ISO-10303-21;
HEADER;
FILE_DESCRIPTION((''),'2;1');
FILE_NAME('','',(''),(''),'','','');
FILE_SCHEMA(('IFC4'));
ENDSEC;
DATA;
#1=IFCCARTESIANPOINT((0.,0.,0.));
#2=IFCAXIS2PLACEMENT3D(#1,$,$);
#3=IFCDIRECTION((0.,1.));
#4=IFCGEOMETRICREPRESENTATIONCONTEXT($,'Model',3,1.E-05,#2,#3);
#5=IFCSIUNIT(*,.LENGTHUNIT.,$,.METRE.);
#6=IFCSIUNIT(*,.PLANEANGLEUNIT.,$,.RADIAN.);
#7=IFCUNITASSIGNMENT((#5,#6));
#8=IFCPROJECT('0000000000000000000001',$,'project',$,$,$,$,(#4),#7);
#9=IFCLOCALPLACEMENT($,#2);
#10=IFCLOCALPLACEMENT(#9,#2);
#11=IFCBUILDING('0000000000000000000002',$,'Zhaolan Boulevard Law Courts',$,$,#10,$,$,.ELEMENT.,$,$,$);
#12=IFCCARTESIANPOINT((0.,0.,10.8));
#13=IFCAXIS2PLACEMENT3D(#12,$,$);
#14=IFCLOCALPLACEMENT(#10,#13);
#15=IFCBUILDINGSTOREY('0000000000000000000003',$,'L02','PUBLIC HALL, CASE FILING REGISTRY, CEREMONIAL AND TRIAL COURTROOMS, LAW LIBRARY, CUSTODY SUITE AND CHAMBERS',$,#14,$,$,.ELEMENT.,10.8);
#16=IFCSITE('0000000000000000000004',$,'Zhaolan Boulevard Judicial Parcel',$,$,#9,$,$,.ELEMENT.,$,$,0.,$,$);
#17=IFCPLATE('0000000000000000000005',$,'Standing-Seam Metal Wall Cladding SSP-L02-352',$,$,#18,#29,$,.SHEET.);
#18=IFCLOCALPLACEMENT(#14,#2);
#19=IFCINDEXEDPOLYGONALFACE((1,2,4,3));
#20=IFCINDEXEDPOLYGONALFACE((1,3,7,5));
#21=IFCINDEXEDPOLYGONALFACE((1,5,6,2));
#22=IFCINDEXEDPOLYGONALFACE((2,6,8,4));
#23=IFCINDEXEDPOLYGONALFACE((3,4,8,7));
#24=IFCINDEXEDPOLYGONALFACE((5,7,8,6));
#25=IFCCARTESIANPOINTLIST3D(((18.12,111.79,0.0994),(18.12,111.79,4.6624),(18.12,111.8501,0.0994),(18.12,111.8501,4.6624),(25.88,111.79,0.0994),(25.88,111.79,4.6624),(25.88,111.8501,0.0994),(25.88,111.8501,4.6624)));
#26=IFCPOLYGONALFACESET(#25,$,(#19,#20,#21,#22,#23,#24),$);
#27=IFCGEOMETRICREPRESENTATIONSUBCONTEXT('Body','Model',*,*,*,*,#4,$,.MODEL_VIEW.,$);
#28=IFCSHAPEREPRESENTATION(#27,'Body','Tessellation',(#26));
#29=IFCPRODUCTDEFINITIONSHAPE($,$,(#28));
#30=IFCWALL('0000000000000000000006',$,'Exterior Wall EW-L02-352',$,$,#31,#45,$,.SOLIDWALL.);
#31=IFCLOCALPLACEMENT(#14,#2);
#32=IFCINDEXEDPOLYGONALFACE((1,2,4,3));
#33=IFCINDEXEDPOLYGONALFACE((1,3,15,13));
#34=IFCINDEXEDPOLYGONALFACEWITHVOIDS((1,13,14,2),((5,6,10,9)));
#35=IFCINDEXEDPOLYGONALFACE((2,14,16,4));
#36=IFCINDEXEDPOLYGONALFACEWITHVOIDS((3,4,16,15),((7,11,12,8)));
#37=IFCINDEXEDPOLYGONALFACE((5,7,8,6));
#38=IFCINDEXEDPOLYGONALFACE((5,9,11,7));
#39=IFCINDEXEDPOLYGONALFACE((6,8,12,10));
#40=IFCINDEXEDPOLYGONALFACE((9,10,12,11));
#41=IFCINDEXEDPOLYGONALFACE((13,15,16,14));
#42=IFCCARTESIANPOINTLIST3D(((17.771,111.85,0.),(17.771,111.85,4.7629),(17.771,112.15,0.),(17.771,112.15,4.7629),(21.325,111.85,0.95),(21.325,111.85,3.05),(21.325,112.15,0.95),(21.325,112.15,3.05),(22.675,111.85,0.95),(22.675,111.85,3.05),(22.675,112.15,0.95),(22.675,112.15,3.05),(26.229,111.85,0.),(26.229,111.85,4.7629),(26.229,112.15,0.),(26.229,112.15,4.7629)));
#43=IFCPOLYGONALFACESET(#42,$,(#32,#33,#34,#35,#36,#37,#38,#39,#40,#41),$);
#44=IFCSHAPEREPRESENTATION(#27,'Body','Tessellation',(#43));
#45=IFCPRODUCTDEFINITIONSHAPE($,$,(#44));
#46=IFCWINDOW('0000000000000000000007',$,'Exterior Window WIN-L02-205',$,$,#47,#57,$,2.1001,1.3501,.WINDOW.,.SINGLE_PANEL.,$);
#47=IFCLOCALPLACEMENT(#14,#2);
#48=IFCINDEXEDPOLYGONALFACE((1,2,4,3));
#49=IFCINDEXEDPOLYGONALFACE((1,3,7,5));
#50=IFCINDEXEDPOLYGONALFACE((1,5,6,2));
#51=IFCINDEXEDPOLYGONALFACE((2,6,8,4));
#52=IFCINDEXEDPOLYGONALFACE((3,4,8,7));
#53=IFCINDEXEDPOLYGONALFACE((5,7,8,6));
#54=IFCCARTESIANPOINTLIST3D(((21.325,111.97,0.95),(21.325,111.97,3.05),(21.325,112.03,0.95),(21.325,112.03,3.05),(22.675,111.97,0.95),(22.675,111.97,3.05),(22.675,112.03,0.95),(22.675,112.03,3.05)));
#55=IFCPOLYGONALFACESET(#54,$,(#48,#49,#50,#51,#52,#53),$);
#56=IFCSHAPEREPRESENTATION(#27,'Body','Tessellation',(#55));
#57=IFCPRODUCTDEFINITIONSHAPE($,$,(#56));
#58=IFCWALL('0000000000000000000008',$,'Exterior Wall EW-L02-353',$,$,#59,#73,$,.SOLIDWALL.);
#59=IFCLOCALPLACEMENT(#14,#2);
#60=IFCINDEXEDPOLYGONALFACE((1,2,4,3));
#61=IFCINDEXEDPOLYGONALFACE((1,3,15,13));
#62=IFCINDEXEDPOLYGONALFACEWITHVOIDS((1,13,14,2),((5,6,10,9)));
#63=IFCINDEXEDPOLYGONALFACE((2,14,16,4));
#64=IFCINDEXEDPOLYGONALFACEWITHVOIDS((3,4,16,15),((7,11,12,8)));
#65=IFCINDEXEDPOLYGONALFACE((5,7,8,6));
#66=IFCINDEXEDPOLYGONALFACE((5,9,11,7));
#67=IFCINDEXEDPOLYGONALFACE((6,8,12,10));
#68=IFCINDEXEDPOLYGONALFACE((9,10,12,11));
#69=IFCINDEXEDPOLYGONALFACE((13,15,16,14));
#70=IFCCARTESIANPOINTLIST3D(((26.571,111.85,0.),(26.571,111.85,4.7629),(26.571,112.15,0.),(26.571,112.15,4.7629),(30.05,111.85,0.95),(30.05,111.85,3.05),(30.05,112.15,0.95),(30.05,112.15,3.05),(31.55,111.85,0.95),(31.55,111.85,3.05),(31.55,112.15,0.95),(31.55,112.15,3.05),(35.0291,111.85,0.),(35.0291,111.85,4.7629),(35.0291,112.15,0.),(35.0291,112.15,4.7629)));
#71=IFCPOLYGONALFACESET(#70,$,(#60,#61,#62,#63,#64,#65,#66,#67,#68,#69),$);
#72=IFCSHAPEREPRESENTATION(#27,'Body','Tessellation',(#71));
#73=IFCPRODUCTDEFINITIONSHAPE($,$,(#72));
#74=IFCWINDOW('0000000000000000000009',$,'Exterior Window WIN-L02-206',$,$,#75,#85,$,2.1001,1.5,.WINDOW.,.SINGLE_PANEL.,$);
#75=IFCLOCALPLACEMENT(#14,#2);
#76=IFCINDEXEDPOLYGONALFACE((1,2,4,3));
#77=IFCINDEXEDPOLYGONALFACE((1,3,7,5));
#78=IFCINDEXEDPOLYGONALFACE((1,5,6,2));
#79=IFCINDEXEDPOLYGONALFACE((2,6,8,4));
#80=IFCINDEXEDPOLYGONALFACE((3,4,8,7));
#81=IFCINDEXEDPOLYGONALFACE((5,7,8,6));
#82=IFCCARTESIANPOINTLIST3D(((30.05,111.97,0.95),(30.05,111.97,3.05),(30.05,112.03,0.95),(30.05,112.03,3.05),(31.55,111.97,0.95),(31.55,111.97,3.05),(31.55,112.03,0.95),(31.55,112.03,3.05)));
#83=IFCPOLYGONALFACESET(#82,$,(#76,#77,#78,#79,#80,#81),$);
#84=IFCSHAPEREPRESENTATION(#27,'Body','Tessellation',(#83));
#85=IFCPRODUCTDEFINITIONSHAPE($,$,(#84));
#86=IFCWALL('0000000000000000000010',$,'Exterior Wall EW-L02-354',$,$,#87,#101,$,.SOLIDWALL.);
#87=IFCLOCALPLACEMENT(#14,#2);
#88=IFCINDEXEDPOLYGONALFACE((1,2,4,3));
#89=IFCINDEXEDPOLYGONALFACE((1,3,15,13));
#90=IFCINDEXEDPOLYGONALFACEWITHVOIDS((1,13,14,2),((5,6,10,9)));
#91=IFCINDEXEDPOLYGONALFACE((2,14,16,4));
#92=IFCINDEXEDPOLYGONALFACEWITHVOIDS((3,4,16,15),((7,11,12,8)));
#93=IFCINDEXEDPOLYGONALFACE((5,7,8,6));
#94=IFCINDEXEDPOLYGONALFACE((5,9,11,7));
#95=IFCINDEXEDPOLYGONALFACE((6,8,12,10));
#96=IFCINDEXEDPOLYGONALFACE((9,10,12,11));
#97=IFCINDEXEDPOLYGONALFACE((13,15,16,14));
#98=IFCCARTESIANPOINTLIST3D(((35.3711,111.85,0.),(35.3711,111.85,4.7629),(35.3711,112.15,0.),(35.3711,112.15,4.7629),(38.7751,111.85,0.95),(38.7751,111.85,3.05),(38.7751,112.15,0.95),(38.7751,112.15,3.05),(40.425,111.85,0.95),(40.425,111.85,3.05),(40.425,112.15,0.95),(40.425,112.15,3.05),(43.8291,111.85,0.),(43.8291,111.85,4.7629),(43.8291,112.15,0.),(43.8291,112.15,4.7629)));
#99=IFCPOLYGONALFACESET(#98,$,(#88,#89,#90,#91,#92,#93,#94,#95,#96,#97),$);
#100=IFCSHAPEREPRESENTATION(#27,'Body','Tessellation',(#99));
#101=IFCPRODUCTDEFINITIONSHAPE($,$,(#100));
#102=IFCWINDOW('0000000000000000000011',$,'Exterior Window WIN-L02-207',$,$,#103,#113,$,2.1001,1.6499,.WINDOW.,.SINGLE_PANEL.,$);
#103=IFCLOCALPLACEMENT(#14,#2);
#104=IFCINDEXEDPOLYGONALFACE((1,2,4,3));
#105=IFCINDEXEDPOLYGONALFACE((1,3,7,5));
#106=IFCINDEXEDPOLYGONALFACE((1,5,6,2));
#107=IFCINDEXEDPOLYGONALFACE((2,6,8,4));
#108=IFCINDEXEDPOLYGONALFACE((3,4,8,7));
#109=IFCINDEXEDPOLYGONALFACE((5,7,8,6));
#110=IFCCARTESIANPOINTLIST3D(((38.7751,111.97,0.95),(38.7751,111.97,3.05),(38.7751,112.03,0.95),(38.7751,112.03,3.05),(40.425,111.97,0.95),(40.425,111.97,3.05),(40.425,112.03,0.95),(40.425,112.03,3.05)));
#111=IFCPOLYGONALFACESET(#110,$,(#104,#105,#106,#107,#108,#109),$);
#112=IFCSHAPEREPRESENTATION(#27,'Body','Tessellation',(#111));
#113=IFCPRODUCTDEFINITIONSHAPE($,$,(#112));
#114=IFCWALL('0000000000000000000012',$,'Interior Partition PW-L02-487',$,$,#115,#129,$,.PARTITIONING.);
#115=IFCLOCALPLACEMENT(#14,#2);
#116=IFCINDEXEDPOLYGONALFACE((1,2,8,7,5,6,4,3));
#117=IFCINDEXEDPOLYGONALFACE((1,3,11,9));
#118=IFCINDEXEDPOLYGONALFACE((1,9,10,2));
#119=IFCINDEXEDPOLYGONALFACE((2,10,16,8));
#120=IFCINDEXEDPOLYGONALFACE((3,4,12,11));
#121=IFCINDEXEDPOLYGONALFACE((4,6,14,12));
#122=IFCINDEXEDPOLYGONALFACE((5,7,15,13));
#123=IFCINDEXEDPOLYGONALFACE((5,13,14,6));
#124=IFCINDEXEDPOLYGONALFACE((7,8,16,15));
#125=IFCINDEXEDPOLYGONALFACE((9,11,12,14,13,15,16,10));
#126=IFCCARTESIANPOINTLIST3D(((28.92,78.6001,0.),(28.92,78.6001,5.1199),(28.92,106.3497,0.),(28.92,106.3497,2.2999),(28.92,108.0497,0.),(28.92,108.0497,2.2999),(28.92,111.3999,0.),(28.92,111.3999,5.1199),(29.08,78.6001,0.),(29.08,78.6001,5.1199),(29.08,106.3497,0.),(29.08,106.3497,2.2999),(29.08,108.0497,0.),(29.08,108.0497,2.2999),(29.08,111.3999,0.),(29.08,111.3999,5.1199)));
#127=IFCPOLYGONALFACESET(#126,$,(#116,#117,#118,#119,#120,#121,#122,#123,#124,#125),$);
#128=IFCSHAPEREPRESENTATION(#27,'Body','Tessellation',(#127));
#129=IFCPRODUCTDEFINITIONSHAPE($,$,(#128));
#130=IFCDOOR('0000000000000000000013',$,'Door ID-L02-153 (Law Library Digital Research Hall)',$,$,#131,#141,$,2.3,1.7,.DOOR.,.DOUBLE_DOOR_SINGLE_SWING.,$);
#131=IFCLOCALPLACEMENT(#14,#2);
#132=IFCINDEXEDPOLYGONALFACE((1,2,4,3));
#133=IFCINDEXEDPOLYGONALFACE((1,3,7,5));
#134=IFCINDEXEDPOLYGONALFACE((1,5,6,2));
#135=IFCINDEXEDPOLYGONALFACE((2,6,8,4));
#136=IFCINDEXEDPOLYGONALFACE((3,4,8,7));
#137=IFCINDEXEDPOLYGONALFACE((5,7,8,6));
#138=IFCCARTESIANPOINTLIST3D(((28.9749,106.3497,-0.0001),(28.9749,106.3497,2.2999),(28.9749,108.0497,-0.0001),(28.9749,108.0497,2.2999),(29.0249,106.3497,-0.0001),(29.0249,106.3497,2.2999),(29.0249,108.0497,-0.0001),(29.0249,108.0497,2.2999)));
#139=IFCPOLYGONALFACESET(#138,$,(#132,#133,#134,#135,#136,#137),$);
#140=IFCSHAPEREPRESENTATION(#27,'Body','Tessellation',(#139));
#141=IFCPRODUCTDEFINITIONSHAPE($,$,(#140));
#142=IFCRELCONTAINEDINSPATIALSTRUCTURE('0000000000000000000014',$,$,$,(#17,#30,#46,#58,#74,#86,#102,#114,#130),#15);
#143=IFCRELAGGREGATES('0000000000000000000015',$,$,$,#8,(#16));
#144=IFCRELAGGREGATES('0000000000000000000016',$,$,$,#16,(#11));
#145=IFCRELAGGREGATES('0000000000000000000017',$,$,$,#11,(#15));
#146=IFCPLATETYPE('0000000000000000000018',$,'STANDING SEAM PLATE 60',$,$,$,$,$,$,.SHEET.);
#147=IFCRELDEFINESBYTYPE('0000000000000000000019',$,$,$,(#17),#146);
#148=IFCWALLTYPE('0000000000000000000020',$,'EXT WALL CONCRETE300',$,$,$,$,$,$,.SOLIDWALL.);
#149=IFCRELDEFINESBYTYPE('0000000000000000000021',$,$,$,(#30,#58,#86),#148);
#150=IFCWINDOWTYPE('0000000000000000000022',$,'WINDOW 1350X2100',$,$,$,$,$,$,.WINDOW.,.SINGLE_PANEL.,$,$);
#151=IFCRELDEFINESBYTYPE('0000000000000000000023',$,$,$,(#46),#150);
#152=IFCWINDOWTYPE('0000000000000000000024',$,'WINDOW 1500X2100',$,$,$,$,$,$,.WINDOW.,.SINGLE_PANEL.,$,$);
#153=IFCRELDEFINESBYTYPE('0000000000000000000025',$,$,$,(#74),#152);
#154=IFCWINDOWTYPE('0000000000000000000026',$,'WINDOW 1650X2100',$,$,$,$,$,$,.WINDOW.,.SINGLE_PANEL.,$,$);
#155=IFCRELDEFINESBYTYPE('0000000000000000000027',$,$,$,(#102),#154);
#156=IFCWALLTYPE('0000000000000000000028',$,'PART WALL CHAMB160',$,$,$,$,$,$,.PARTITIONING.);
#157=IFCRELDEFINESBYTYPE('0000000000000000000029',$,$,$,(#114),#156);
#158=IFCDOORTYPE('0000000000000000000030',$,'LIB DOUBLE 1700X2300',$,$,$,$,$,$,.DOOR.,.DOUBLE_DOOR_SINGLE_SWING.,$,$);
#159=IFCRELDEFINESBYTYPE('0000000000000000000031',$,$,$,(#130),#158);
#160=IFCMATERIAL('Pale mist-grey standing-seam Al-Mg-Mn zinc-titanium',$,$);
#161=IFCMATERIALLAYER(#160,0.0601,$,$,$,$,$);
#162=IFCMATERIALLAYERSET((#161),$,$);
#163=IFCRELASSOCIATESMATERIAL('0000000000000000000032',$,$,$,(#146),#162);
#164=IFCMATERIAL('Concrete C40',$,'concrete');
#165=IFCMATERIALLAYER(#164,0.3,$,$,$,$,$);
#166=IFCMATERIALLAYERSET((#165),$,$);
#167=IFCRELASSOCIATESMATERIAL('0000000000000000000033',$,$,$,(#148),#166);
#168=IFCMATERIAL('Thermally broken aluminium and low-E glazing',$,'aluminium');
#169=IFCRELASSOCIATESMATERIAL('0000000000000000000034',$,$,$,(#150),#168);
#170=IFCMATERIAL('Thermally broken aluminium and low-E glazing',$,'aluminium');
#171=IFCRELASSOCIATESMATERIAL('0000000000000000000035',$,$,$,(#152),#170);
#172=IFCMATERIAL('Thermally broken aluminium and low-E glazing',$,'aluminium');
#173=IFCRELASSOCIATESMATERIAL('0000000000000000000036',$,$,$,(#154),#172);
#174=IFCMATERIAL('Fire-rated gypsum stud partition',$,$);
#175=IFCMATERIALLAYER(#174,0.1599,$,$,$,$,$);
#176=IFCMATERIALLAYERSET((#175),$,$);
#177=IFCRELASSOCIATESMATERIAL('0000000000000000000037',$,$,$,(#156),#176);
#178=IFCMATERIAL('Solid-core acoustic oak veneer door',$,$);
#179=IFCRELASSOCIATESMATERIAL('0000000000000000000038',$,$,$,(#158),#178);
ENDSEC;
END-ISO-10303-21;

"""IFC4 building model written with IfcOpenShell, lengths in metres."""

from ifc_helpers import new_model, si_unit, direction, frame, frame_2d, origin, origin_2d, place, context, subcontext, project, spatial, rectangle, extrude, material, layer, layer_set, type_object, element, fill, save


model = new_model("IFC4")

# Units and contexts
model_context = context("Model", 3, precision=1e-05, world=origin(), true_north=direction((0.0, 1.0)))
body_context = subcontext(model_context, "Body", "Model", "MODEL_VIEW")
ifc_project = project(units=[si_unit("LENGTHUNIT", "METRE"), si_unit("PLANEANGLEUNIT", "RADIAN")], contexts=[model_context])

# Site, building, storey
site_placement = place(None, origin())
site = spatial("IfcSite", under=ifc_project, at=site_placement, Name="Zhaolan Boulevard Judicial Parcel", CompositionType="ELEMENT", RefElevation=0.0)
building_placement = place(site_placement, origin())
building = spatial("IfcBuilding", under=site, at=building_placement, Name="Zhaolan Boulevard Law Courts", CompositionType="ELEMENT")
storey_placement = place(building_placement, frame((0.0, 0.0, 10.8)))
storey = spatial("IfcBuildingStorey", under=building, at=storey_placement, Name="L02", Description="PUBLIC HALL, CASE FILING REGISTRY, CEREMONIAL AND TRIAL COURTROOMS, LAW LIBRARY, CUSTODY SUITE AND CHAMBERS", CompositionType="ELEMENT", Elevation=10.8)

# Plate
ifc_material_1 = material(Name="Pale mist-grey standing-seam Al-Mg-Mn zinc-titanium")
ifc_layer_1 = layer(ifc_material_1, 0.0601)
ifc_layer_set_1 = layer_set([ifc_layer_1])
plate_type_1 = type_object("IfcPlateType", Name="STANDING SEAM PLATE 60", PredefinedType="SHEET", material=ifc_layer_set_1)
plate_1_placement = place(storey_placement, frame((22.0, 111.8201, 0.0994), z_axis=(0.0, 0.0, 1.0), x_axis=(-1.0, 0.0, 0.0)))
element("IfcPlate", 1, at=plate_1_placement, inside=storey, type_object=plate_type_1, Name="Standing-Seam Metal Wall Cladding SSP-L02-352", PredefinedType="SHEET", context=body_context, shape_type="SweptSolid", body=[
    extrude(rectangle(XDim=7.76, YDim=0.0601, at=origin_2d()), origin(), (0.0, 0.0, 1.0), 4.563),
])

# Walls, openings, windows
ifc_material_2 = material(Name="Concrete C40", Category="concrete")
ifc_layer_2 = layer(ifc_material_2, 0.3)
ifc_layer_set_2 = layer_set([ifc_layer_2])
wall_type_1 = type_object("IfcWallType", Name="EXT WALL CONCRETE300", PredefinedType="SOLIDWALL", material=ifc_layer_set_2)
wall_1_placement = place(storey_placement, frame((26.229, 112.0, 0.0), z_axis=(0.0, 0.0, 1.0), x_axis=(-1.0, 0.0, 0.0)))
wall_1 = element("IfcWall", 2, at=wall_1_placement, inside=storey, type_object=wall_type_1, Name="Exterior Wall EW-L02-352", PredefinedType="SOLIDWALL", context=body_context, shape_type="SweptSolid", body=[
    extrude(rectangle(XDim=8.458, YDim=0.3, at=frame_2d((4.229, 0.0))), origin(), (0.0, 0.0, 1.0), 4.7629),
])
opening_1_placement = place(wall_1_placement, frame((3.554, 0.0, 0.95)))
opening_1 = element("IfcOpeningElement", 3, at=opening_1_placement, cuts=wall_1, PredefinedType="OPENING", context=body_context, shape_type="SweptSolid", body=[
    extrude(rectangle(XDim=1.3501, YDim=2.1001, at=frame_2d((0.675, 1.05))), frame((0.0, 0.1599, 0.0), z_axis=(0.0, -1.0, 0.0), x_axis=(1.0, 0.0, 0.0)), (0.0, 0.0, 1.0), 0.3201),
])
ifc_material_3 = material(Name="Thermally broken aluminium and low-E glazing", Category="aluminium")
window_type_1 = type_object("IfcWindowType", Name="WINDOW 1350X2100", PartitioningType="SINGLE_PANEL", PredefinedType="WINDOW", material=ifc_material_3)
window_1_placement = place(opening_1_placement, origin())
window_1 = element("IfcWindow", 4, at=window_1_placement, inside=storey, type_object=window_type_1, Name="Exterior Window WIN-L02-205", OverallHeight=2.1001, OverallWidth=1.3501, PartitioningType="SINGLE_PANEL", PredefinedType="WINDOW", context=body_context, shape_type="SweptSolid", body=[
    extrude(rectangle(XDim=1.3501, YDim=2.1001, at=frame_2d((0.675, 1.05))), frame((0.0, 0.03, 0.0), z_axis=(0.0, -1.0, 0.0), x_axis=(1.0, 0.0, 0.0)), (0.0, 0.0, 1.0), 0.0601),
])
fill(opening_1, window_1)
wall_2_placement = place(storey_placement, frame((35.0291, 112.0, 0.0), z_axis=(0.0, 0.0, 1.0), x_axis=(-1.0, 0.0, 0.0)))
wall_2 = element("IfcWall", 5, at=wall_2_placement, inside=storey, type_object=wall_type_1, Name="Exterior Wall EW-L02-353", PredefinedType="SOLIDWALL", context=body_context, shape_type="SweptSolid", body=[
    extrude(rectangle(XDim=8.458, YDim=0.3, at=frame_2d((4.229, 0.0))), origin(), (0.0, 0.0, 1.0), 4.7629),
])
opening_2_placement = place(wall_2_placement, frame((3.479, 0.0, 0.95)))
opening_2 = element("IfcOpeningElement", 6, at=opening_2_placement, cuts=wall_2, PredefinedType="OPENING", context=body_context, shape_type="SweptSolid", body=[
    extrude(rectangle(XDim=1.5, YDim=2.1001, at=frame_2d((0.75, 1.05))), frame((0.0, 0.1599, 0.0), z_axis=(0.0, -1.0, 0.0), x_axis=(1.0, 0.0, 0.0)), (0.0, 0.0, 1.0), 0.3201),
])
ifc_material_4 = material(Name="Thermally broken aluminium and low-E glazing", Category="aluminium")
window_type_2 = type_object("IfcWindowType", Name="WINDOW 1500X2100", PartitioningType="SINGLE_PANEL", PredefinedType="WINDOW", material=ifc_material_4)
window_2_placement = place(opening_2_placement, origin())
window_2 = element("IfcWindow", 7, at=window_2_placement, inside=storey, type_object=window_type_2, Name="Exterior Window WIN-L02-206", OverallHeight=2.1001, OverallWidth=1.5, PartitioningType="SINGLE_PANEL", PredefinedType="WINDOW", context=body_context, shape_type="SweptSolid", body=[
    extrude(rectangle(XDim=1.5, YDim=2.1001, at=frame_2d((0.75, 1.05))), frame((0.0, 0.03, 0.0), z_axis=(0.0, -1.0, 0.0), x_axis=(1.0, 0.0, 0.0)), (0.0, 0.0, 1.0), 0.0601),
])
fill(opening_2, window_2)
wall_3_placement = place(storey_placement, frame((43.8291, 112.0, 0.0), z_axis=(0.0, 0.0, 1.0), x_axis=(-1.0, 0.0, 0.0)))
wall_3 = element("IfcWall", 8, at=wall_3_placement, inside=storey, type_object=wall_type_1, Name="Exterior Wall EW-L02-354", PredefinedType="SOLIDWALL", context=body_context, shape_type="SweptSolid", body=[
    extrude(rectangle(XDim=8.458, YDim=0.3, at=frame_2d((4.229, 0.0))), origin(), (0.0, 0.0, 1.0), 4.7629),
])
opening_3_placement = place(wall_3_placement, frame((3.4041, 0.0, 0.95)))
opening_3 = element("IfcOpeningElement", 9, at=opening_3_placement, cuts=wall_3, PredefinedType="OPENING", context=body_context, shape_type="SweptSolid", body=[
    extrude(rectangle(XDim=1.6499, YDim=2.1001, at=frame_2d((0.825, 1.05))), frame((0.0, 0.1599, 0.0), z_axis=(0.0, -1.0, 0.0), x_axis=(1.0, 0.0, 0.0)), (0.0, 0.0, 1.0), 0.3201),
])
ifc_material_5 = material(Name="Thermally broken aluminium and low-E glazing", Category="aluminium")
window_type_3 = type_object("IfcWindowType", Name="WINDOW 1650X2100", PartitioningType="SINGLE_PANEL", PredefinedType="WINDOW", material=ifc_material_5)
window_3_placement = place(opening_3_placement, origin())
window_3 = element("IfcWindow", 10, at=window_3_placement, inside=storey, type_object=window_type_3, Name="Exterior Window WIN-L02-207", OverallHeight=2.1001, OverallWidth=1.6499, PartitioningType="SINGLE_PANEL", PredefinedType="WINDOW", context=body_context, shape_type="SweptSolid", body=[
    extrude(rectangle(XDim=1.6499, YDim=2.1001, at=frame_2d((0.825, 1.05))), frame((0.0, 0.03, 0.0), z_axis=(0.0, -1.0, 0.0), x_axis=(1.0, 0.0, 0.0)), (0.0, 0.0, 1.0), 0.0601),
])
fill(opening_3, window_3)

# Wall, opening, door
ifc_material_6 = material(Name="Fire-rated gypsum stud partition")
ifc_layer_3 = layer(ifc_material_6, 0.1599)
ifc_layer_set_3 = layer_set([ifc_layer_3])
wall_type_2 = type_object("IfcWallType", Name="PART WALL CHAMB160", PredefinedType="PARTITIONING", material=ifc_layer_set_3)
wall_4_placement = place(storey_placement, frame((29.0, 111.3999, 0.0), z_axis=(0.0, 0.0, 1.0), x_axis=(0.0, -1.0, 0.0)))
wall_4 = element("IfcWall", 11, at=wall_4_placement, inside=storey, type_object=wall_type_2, Name="Interior Partition PW-L02-487", PredefinedType="PARTITIONING", context=body_context, shape_type="SweptSolid", body=[
    extrude(rectangle(XDim=32.7998, YDim=0.1599, at=frame_2d((16.3999, 0.0))), origin(), (0.0, 0.0, 1.0), 5.1199),
])
opening_4_placement = place(wall_4_placement, frame((3.3501, 0.0, 0.0)))
opening_4 = element("IfcOpeningElement", 12, at=opening_4_placement, cuts=wall_4, PredefinedType="OPENING", context=body_context, shape_type="SweptSolid", body=[
    extrude(rectangle(XDim=1.7, YDim=2.3, at=frame_2d((0.8501, 1.1499))), frame((0.0, 0.0898, 0.0), z_axis=(0.0, -1.0, 0.0), x_axis=(1.0, 0.0, 0.0)), (0.0, 0.0, 1.0), 0.1799),
])
ifc_material_7 = material(Name="Solid-core acoustic oak veneer door")
door_type = type_object("IfcDoorType", Name="LIB DOUBLE 1700X2300", OperationType="DOUBLE_DOOR_SINGLE_SWING", PredefinedType="DOOR", material=ifc_material_7)
door_placement = place(opening_4_placement, origin())
door = element("IfcDoor", 13, at=door_placement, inside=storey, type_object=door_type, Name="Door ID-L02-153 (Law Library Digital Research Hall)", OperationType="DOUBLE_DOOR_SINGLE_SWING", OverallHeight=2.3, OverallWidth=1.7, PredefinedType="DOOR", context=body_context, shape_type="SweptSolid", body=[
    extrude(rectangle(XDim=1.7, YDim=2.3, at=frame_2d((0.8501, 1.1499))), frame((0.0, 0.0249, 0.0), z_axis=(0.0, -1.0, 0.0), x_axis=(1.0, 0.0, 0.0)), (0.0, 0.0, 1.0), 0.05),
])
fill(opening_4, door)

save(model, "model.ifc")
